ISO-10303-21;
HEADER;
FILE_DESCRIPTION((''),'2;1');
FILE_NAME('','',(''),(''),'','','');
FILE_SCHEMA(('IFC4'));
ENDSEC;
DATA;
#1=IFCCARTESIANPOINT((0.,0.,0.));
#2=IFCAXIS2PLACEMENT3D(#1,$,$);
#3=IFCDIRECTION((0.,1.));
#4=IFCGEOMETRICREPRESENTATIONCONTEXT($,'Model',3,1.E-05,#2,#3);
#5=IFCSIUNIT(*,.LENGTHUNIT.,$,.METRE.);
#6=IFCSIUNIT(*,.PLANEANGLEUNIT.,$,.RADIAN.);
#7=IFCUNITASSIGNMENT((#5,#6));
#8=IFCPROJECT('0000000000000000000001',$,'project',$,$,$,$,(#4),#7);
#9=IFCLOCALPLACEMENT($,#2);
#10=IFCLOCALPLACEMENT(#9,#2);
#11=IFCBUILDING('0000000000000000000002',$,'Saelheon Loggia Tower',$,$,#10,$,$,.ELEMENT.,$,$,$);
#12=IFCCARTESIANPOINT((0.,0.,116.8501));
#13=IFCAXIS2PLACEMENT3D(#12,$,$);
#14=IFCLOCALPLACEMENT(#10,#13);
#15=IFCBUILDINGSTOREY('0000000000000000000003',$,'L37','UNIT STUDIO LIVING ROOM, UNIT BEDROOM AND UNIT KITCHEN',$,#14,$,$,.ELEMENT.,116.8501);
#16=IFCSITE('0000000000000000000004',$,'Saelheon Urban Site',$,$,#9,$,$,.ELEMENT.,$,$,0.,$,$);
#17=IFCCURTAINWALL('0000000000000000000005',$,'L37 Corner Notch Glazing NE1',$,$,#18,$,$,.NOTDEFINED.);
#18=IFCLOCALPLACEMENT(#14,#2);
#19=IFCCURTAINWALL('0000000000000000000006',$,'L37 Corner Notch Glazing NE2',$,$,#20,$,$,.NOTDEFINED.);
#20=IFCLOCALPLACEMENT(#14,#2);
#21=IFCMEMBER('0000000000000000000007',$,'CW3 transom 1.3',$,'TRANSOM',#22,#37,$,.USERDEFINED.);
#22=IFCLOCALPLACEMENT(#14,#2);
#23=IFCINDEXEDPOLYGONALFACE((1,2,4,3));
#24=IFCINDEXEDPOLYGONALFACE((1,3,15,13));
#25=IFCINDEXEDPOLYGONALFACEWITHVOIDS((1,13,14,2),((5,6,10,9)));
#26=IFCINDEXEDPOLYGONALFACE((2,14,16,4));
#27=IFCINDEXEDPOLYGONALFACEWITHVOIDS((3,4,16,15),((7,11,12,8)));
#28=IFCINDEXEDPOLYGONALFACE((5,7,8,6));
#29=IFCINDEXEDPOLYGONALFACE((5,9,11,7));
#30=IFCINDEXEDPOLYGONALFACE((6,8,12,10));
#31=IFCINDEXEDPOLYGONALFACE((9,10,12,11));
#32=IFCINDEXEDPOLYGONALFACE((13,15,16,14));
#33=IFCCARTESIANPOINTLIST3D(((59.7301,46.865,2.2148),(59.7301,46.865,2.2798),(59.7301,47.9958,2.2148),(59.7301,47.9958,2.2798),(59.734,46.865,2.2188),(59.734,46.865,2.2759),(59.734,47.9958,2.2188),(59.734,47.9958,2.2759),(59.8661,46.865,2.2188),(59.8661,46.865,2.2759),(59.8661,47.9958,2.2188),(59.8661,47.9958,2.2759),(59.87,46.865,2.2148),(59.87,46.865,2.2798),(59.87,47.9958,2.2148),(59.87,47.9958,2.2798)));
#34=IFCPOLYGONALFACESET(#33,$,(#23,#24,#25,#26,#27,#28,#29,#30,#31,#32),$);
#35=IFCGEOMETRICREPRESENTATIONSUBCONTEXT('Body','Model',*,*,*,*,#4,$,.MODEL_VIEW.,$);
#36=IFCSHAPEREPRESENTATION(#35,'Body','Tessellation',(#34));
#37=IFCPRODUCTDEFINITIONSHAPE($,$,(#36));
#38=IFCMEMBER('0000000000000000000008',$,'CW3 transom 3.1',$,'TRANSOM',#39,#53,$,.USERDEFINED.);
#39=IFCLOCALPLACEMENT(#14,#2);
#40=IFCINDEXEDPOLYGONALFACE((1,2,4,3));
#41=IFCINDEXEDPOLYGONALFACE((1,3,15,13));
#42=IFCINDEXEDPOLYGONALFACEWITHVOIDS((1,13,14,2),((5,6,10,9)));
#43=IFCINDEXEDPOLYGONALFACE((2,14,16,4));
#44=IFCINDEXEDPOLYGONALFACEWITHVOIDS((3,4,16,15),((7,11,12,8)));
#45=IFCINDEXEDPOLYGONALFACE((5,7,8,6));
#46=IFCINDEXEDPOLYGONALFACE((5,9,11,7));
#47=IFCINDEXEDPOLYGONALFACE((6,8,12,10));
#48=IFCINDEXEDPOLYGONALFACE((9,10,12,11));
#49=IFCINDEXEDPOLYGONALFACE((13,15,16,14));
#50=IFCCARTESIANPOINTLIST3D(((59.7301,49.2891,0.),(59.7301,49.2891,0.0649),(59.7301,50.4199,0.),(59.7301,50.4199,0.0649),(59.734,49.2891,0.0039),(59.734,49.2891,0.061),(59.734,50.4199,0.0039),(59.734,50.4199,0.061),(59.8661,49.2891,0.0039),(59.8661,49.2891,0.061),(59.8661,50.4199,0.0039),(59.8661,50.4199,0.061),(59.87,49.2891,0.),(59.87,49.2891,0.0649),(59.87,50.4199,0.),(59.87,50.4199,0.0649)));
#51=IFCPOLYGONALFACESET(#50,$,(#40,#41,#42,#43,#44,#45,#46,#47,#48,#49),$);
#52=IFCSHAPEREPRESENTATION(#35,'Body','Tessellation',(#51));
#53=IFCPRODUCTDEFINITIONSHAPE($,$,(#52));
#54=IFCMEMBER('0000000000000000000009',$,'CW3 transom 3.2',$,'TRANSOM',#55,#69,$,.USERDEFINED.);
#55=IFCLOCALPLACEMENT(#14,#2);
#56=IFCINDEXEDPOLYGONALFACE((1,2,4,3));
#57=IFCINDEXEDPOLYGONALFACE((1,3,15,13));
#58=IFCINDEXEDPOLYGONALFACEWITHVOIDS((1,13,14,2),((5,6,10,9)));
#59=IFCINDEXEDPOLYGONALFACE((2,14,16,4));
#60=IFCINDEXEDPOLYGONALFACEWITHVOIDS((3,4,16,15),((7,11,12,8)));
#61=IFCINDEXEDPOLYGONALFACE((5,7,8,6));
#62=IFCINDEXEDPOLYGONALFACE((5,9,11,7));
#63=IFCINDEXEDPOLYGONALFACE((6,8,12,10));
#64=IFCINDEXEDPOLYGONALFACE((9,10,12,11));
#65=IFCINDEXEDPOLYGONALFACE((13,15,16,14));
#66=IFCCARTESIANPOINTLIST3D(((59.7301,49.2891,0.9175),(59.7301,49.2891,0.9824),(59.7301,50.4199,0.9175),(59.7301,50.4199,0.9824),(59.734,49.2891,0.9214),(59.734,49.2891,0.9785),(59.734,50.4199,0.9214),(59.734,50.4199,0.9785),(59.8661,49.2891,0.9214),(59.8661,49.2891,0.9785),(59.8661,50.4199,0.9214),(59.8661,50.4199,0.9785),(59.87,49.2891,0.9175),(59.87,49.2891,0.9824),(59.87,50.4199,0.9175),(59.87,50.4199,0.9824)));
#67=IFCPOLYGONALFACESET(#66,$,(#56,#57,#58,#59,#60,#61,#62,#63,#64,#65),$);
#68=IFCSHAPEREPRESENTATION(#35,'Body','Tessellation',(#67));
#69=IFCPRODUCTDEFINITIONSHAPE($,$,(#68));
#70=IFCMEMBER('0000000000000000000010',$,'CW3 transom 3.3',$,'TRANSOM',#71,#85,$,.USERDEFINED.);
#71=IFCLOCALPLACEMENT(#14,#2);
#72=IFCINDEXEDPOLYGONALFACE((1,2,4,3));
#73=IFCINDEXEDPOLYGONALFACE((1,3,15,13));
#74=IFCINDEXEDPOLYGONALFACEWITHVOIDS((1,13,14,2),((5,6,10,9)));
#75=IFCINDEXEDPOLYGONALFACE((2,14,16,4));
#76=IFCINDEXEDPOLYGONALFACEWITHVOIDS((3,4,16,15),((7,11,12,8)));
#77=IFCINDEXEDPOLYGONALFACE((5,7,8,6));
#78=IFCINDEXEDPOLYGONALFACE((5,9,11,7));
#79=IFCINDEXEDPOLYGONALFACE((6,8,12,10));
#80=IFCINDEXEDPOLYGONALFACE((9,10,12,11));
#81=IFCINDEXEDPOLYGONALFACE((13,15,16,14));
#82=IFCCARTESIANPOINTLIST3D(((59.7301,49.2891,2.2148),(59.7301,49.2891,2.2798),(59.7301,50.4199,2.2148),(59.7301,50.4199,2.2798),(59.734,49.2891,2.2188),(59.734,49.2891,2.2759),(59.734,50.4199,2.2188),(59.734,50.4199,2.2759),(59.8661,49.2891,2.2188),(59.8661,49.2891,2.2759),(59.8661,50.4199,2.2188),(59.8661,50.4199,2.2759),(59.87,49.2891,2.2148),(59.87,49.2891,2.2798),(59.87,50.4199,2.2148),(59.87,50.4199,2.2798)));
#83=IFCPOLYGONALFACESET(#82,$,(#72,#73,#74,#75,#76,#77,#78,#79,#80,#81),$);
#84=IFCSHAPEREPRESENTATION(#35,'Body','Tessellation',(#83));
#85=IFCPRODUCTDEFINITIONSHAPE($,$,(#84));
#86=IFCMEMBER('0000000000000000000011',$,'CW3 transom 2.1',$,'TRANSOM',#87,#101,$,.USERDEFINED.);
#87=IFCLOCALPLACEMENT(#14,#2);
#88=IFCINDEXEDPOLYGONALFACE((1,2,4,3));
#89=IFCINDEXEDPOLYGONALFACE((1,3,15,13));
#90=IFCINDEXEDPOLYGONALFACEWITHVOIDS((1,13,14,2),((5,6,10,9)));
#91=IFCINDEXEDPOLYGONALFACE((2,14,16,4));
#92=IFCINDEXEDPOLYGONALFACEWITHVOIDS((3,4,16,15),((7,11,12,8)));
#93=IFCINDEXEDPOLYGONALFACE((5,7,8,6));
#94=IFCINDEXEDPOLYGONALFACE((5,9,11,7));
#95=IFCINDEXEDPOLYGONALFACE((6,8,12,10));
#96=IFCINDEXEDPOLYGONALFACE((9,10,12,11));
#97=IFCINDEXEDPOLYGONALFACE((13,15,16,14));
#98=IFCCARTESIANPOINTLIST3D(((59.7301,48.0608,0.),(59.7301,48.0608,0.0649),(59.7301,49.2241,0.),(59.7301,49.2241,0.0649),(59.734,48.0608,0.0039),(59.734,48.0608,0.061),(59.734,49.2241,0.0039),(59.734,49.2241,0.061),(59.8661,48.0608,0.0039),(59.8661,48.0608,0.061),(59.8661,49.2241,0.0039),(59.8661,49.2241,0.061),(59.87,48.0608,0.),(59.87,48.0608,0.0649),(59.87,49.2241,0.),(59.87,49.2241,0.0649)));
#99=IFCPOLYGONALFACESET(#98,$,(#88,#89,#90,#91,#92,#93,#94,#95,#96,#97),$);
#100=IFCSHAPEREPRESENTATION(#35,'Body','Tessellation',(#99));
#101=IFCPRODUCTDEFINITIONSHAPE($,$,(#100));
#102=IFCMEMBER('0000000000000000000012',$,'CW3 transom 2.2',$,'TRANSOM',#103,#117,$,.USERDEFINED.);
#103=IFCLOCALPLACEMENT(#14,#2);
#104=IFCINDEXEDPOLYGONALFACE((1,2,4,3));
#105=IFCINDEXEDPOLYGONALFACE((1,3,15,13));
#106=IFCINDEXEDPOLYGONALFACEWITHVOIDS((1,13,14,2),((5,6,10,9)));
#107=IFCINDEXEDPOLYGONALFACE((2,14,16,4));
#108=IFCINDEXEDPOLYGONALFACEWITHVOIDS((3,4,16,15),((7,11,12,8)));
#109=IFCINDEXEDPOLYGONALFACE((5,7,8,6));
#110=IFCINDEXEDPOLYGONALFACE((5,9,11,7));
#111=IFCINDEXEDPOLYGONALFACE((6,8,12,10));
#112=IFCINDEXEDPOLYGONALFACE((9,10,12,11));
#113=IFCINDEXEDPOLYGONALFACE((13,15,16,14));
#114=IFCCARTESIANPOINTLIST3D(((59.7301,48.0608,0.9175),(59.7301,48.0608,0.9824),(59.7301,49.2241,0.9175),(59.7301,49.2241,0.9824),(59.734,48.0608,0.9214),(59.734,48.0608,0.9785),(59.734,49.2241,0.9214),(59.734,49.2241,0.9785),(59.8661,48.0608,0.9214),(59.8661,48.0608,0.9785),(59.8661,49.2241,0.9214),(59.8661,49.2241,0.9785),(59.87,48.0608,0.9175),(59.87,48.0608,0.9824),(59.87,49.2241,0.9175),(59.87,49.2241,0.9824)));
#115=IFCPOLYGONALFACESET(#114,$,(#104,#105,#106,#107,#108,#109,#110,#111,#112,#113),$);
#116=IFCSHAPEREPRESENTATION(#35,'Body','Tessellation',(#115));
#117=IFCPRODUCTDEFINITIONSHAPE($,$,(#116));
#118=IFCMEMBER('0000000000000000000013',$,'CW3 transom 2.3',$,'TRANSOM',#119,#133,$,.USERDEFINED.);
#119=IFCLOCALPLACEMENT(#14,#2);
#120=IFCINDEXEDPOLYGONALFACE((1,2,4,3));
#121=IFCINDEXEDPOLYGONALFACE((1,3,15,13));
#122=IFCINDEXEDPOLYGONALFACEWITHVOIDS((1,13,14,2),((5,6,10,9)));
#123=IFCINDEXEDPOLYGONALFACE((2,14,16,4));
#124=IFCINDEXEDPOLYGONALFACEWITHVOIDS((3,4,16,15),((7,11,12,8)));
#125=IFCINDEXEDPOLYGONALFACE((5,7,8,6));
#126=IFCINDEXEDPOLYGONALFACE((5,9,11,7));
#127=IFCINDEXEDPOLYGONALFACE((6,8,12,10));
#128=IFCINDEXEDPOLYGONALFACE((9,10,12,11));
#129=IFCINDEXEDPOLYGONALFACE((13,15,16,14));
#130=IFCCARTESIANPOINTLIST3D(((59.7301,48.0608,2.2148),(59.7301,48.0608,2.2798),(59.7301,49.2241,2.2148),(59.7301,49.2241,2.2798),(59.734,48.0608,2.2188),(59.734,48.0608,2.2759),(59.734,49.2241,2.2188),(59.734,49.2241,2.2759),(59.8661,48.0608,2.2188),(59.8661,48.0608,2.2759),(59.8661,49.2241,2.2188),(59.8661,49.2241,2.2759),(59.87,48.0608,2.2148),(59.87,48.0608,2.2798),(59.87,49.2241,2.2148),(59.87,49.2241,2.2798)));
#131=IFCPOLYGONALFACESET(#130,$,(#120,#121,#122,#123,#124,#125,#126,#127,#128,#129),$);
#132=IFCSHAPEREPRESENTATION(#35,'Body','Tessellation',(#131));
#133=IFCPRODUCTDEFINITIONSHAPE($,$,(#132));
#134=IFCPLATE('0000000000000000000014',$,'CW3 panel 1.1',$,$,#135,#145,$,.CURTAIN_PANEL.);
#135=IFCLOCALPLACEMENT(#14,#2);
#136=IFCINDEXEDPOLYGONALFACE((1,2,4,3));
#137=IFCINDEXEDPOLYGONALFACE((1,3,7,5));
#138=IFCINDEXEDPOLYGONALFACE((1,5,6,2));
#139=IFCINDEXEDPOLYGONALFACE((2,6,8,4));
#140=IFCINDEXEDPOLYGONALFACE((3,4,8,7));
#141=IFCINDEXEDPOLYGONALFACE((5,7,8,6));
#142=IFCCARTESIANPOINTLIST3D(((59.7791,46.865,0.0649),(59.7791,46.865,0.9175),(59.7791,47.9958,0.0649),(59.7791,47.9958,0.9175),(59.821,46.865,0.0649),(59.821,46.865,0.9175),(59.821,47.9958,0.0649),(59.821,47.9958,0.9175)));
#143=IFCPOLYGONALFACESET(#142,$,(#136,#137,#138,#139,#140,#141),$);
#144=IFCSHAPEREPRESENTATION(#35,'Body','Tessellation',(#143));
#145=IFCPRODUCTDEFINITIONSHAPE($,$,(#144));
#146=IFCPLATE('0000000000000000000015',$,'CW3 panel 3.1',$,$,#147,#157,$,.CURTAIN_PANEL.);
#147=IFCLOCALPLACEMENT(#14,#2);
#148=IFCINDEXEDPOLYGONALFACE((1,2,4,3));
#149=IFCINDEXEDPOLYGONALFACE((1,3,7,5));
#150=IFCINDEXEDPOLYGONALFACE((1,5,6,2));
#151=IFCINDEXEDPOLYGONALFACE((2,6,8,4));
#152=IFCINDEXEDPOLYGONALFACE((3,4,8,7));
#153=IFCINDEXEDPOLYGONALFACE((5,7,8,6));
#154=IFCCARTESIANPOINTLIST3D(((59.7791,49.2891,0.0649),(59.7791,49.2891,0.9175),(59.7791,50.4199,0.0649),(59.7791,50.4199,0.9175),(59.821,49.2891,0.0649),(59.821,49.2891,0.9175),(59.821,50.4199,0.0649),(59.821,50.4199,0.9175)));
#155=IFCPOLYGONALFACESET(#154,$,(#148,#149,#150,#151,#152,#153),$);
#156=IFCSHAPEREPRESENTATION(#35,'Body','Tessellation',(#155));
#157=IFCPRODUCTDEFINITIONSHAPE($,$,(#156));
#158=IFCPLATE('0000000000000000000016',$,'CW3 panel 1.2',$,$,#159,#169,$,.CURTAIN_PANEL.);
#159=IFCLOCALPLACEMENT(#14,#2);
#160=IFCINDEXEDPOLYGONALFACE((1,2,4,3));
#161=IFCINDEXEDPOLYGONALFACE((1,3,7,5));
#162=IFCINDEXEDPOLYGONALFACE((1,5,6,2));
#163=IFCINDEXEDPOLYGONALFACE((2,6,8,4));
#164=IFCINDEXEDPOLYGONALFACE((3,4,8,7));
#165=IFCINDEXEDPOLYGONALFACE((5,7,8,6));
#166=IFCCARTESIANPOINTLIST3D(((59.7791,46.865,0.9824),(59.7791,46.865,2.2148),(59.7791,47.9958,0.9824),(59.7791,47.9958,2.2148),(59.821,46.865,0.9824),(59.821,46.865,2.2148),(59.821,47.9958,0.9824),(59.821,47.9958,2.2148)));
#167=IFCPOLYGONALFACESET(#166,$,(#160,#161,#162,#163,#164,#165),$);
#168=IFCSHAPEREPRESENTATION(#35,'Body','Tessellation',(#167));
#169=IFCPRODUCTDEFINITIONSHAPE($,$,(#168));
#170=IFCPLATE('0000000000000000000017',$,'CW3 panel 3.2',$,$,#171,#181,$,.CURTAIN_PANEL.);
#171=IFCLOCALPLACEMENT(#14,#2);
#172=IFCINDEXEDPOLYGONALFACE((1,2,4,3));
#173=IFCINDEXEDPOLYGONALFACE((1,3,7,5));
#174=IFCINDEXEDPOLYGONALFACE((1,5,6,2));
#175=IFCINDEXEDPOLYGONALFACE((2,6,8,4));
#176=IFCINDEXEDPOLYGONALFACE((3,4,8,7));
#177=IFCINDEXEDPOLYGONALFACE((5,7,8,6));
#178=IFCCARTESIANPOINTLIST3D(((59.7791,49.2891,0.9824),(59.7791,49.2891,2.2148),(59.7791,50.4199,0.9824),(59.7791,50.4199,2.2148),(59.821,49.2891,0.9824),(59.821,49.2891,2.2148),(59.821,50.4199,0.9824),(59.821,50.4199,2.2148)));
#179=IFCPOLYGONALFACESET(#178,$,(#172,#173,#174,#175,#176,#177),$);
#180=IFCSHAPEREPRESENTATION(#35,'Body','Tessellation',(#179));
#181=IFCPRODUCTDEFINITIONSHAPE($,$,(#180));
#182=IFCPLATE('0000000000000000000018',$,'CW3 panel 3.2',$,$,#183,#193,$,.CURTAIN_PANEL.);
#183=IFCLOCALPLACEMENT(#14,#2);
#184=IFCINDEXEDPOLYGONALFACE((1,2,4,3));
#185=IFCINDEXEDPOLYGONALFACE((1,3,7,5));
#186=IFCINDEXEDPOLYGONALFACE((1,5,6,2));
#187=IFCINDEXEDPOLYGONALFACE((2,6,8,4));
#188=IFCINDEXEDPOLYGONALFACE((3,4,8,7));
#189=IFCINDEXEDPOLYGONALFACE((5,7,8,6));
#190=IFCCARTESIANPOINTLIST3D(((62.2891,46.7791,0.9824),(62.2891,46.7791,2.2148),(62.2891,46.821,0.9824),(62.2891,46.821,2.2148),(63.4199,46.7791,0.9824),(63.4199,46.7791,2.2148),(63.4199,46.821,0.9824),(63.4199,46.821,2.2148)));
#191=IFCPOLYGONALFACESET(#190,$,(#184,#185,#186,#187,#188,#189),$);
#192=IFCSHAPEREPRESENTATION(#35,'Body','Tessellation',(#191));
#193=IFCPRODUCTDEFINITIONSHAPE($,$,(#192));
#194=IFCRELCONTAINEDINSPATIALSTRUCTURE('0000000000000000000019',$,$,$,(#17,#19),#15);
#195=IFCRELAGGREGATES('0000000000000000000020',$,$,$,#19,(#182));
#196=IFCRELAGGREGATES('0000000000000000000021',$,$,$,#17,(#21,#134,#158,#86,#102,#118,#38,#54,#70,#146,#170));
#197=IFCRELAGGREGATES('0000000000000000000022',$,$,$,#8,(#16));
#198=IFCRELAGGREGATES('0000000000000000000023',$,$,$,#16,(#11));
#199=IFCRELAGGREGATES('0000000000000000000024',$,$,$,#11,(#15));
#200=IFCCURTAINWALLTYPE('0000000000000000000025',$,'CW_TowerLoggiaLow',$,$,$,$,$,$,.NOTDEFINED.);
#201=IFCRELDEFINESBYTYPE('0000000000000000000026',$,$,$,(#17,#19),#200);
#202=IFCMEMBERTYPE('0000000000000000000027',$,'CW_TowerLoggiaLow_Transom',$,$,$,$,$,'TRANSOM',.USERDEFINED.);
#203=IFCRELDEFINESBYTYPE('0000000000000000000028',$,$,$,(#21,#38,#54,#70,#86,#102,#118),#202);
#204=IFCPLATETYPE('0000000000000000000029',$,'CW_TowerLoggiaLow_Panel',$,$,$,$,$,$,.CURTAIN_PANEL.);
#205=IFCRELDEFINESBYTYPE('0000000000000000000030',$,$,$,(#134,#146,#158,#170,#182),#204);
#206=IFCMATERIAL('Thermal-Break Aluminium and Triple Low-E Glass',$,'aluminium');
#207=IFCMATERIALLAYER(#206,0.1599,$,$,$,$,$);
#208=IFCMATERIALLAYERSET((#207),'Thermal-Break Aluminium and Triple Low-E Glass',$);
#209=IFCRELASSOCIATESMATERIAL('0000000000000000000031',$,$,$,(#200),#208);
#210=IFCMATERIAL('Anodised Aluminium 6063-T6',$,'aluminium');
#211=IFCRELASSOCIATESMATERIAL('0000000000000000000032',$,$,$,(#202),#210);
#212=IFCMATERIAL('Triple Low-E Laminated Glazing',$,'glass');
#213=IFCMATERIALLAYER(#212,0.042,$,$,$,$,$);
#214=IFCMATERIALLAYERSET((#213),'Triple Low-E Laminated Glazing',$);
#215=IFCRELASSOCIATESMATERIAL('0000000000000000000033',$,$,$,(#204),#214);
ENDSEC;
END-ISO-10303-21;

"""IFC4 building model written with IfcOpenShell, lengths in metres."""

from ifc_helpers import new_model, si_unit, direction, frame, origin, origin_2d, place, context, subcontext, project, spatial, rectangle, hollow_rectangle, extrude, source, transform, mapped, material, layer, layer_set, material_profile, profile_set, type_object, element, aggregate, save


model = new_model("IFC4")

# Units and contexts
model_context = context("Model", 3, precision=1e-05, world=origin(), true_north=direction((0.0, 1.0)))
body_context = subcontext(model_context, "Body", "Model", "MODEL_VIEW")
ifc_project = project(units=[si_unit("LENGTHUNIT", "METRE"), si_unit("PLANEANGLEUNIT", "RADIAN")], contexts=[model_context])

# Site, building, storey
site_placement = place(None, origin())
site = spatial("IfcSite", under=ifc_project, at=site_placement, Name="Saelheon Urban Site", CompositionType="ELEMENT", RefElevation=0.0)
building_placement = place(site_placement, origin())
building = spatial("IfcBuilding", under=site, at=building_placement, Name="Saelheon Loggia Tower", CompositionType="ELEMENT")
storey_placement = place(building_placement, frame((0.0, 0.0, 116.8501)))
storey = spatial("IfcBuildingStorey", under=building, at=storey_placement, Name="L37", Description="UNIT STUDIO LIVING ROOM, UNIT BEDROOM AND UNIT KITCHEN", CompositionType="ELEMENT", Elevation=116.8501)

# Curtain wall
ifc_material_1 = material(Name="Thermal-Break Aluminium and Triple Low-E Glass", Category="aluminium")
ifc_layer_1 = layer(ifc_material_1, 0.1599)
ifc_layer_set_1 = layer_set([ifc_layer_1], Name="Thermal-Break Aluminium and Triple Low-E Glass")
curtain_wall_type = type_object("IfcCurtainWallType", Name="CW_TowerLoggiaLow", PredefinedType="NOTDEFINED", material=ifc_layer_set_1)
curtain_wall_1_placement = place(storey_placement, origin())
curtain_wall_1 = element("IfcCurtainWall", 1, at=curtain_wall_1_placement, inside=storey, type_object=curtain_wall_type, Name="L37 Corner Notch Glazing NE1", PredefinedType="NOTDEFINED")
ifc_material_2 = material(Name="Anodised Aluminium 6063-T6", Category="aluminium")

# Curtain wall
curtain_wall_2_placement = place(storey_placement, origin())
curtain_wall_2 = element("IfcCurtainWall", 2, at=curtain_wall_2_placement, inside=storey, type_object=curtain_wall_type, Name="L37 Corner Notch Glazing NE2", PredefinedType="NOTDEFINED")

# Members
ifc_material_profile_1 = material_profile(ifc_material_2, hollow_rectangle(XDim=0.0649, YDim=0.1399, WallThickness=0.0039, at=origin_2d()), Name="RHS-140x65x4")
ifc_profile_set_1 = profile_set([ifc_material_profile_1], Name="Anodised Aluminium 6063-T6")
member_type_1 = type_object("IfcMemberType", Name="CW_TowerLoggiaLow_Transom", ElementType="TRANSOM", PredefinedType="USERDEFINED", material=ifc_profile_set_1)
shared_shape_1 = source(origin(), body_context, "Body", "SweptSolid", [
    extrude(hollow_rectangle(XDim=0.0649, YDim=0.1399, WallThickness=0.0039, at=origin_2d()), origin(), (0.0, 0.0, 1.0), 1.1309),
])
member_1_placement = place(storey_placement, frame((59.8, 46.865, 2.2473), z_axis=(0.0, 1.0, 0.0), x_axis=(0.0, 0.0, 1.0)))
member_1 = element("IfcMember", 3, at=member_1_placement, type_object=member_type_1, Name="CW3 transom 1.3", ObjectType="TRANSOM", PredefinedType="USERDEFINED", context=body_context, shape_type="MappedRepresentation", body=[
    mapped(shared_shape_1, transform((0.0, 0.0, 0.0), scale=1.0)),
])
member_2_placement = place(storey_placement, frame((59.8, 49.2891, 0.0325), z_axis=(0.0, 1.0, 0.0), x_axis=(0.0, 0.0, 1.0)))
member_2 = element("IfcMember", 4, at=member_2_placement, type_object=member_type_1, Name="CW3 transom 3.1", ObjectType="TRANSOM", PredefinedType="USERDEFINED", context=body_context, shape_type="MappedRepresentation", body=[
    mapped(shared_shape_1, transform((0.0, 0.0, 0.0), scale=1.0)),
])
member_3_placement = place(storey_placement, frame((59.8, 49.2891, 0.95), z_axis=(0.0, 1.0, 0.0), x_axis=(0.0, 0.0, 1.0)))
member_3 = element("IfcMember", 5, at=member_3_placement, type_object=member_type_1, Name="CW3 transom 3.2", ObjectType="TRANSOM", PredefinedType="USERDEFINED", context=body_context, shape_type="MappedRepresentation", body=[
    mapped(shared_shape_1, transform((0.0, 0.0, 0.0), scale=1.0)),
])
member_4_placement = place(storey_placement, frame((59.8, 49.2891, 2.2473), z_axis=(0.0, 1.0, 0.0), x_axis=(0.0, 0.0, 1.0)))
member_4 = element("IfcMember", 6, at=member_4_placement, type_object=member_type_1, Name="CW3 transom 3.3", ObjectType="TRANSOM", PredefinedType="USERDEFINED", context=body_context, shape_type="MappedRepresentation", body=[
    mapped(shared_shape_1, transform((0.0, 0.0, 0.0), scale=1.0)),
])
shared_shape_2 = source(origin(), body_context, "Body", "SweptSolid", [
    extrude(hollow_rectangle(XDim=0.0649, YDim=0.1399, WallThickness=0.0039, at=origin_2d()), origin(), (0.0, 0.0, 1.0), 1.1633),
])
member_5_placement = place(storey_placement, frame((59.8, 48.0608, 0.0325), z_axis=(0.0, 1.0, 0.0), x_axis=(0.0, 0.0, 1.0)))
member_5 = element("IfcMember", 7, at=member_5_placement, type_object=member_type_1, Name="CW3 transom 2.1", ObjectType="TRANSOM", PredefinedType="USERDEFINED", context=body_context, shape_type="MappedRepresentation", body=[
    mapped(shared_shape_2, transform((0.0, 0.0, 0.0), scale=1.0)),
])
member_6_placement = place(storey_placement, frame((59.8, 48.0608, 0.95), z_axis=(0.0, 1.0, 0.0), x_axis=(0.0, 0.0, 1.0)))
member_6 = element("IfcMember", 8, at=member_6_placement, type_object=member_type_1, Name="CW3 transom 2.2", ObjectType="TRANSOM", PredefinedType="USERDEFINED", context=body_context, shape_type="MappedRepresentation", body=[
    mapped(shared_shape_2, transform((0.0, 0.0, 0.0), scale=1.0)),
])
member_7_placement = place(storey_placement, frame((59.8, 48.0608, 2.2473), z_axis=(0.0, 1.0, 0.0), x_axis=(0.0, 0.0, 1.0)))
member_7 = element("IfcMember", 9, at=member_7_placement, type_object=member_type_1, Name="CW3 transom 2.3", ObjectType="TRANSOM", PredefinedType="USERDEFINED", context=body_context, shape_type="MappedRepresentation", body=[
    mapped(shared_shape_2, transform((0.0, 0.0, 0.0), scale=1.0)),
])

# Plates
ifc_material_3 = material(Name="Triple Low-E Laminated Glazing", Category="glass")
ifc_layer_2 = layer(ifc_material_3, 0.042)
ifc_layer_set_2 = layer_set([ifc_layer_2], Name="Triple Low-E Laminated Glazing")
plate_type = type_object("IfcPlateType", Name="CW_TowerLoggiaLow_Panel", PredefinedType="CURTAIN_PANEL", material=ifc_layer_set_2)
shared_shape_3 = source(origin(), body_context, "Body", "SweptSolid", [
    extrude(rectangle(XDim=1.1309, YDim=0.042, at=origin_2d()), origin(), (0.0, 0.0, 1.0), 0.8525),
])
plate_1_placement = place(storey_placement, frame((59.8, 47.4304, 0.0649), z_axis=(0.0, 0.0, 1.0), x_axis=(0.0, 1.0, 0.0)))
plate_1 = element("IfcPlate", 10, at=plate_1_placement, type_object=plate_type, Name="CW3 panel 1.1", PredefinedType="CURTAIN_PANEL", context=body_context, shape_type="MappedRepresentation", body=[
    mapped(shared_shape_3, transform((0.0, 0.0, 0.0), scale=1.0)),
])
plate_2_placement = place(storey_placement, frame((59.8, 49.8545, 0.0649), z_axis=(0.0, 0.0, 1.0), x_axis=(0.0, 1.0, 0.0)))
plate_2 = element("IfcPlate", 11, at=plate_2_placement, type_object=plate_type, Name="CW3 panel 3.1", PredefinedType="CURTAIN_PANEL", context=body_context, shape_type="MappedRepresentation", body=[
    mapped(shared_shape_3, transform((0.0, 0.0, 0.0), scale=1.0)),
])
shared_shape_4 = source(origin(), body_context, "Body", "SweptSolid", [
    extrude(rectangle(XDim=1.1309, YDim=0.042, at=origin_2d()), origin(), (0.0, 0.0, 1.0), 1.2324),
])
plate_3_placement = place(storey_placement, frame((59.8, 47.4304, 0.9824), z_axis=(0.0, 0.0, 1.0), x_axis=(0.0, 1.0, 0.0)))
plate_3 = element("IfcPlate", 12, at=plate_3_placement, type_object=plate_type, Name="CW3 panel 1.2", PredefinedType="CURTAIN_PANEL", context=body_context, shape_type="MappedRepresentation", body=[
    mapped(shared_shape_4, transform((0.0, 0.0, 0.0), scale=1.0)),
])
plate_4_placement = place(storey_placement, frame((59.8, 49.8545, 0.9824), z_axis=(0.0, 0.0, 1.0), x_axis=(0.0, 1.0, 0.0)))
plate_4 = element("IfcPlate", 13, at=plate_4_placement, type_object=plate_type, Name="CW3 panel 3.2", PredefinedType="CURTAIN_PANEL", context=body_context, shape_type="MappedRepresentation", body=[
    mapped(shared_shape_4, transform((0.0, 0.0, 0.0), scale=1.0)),
])
plate_5_placement = place(storey_placement, frame((62.8545, 46.8, 0.9824), z_axis=(0.0, 0.0, 1.0), x_axis=(1.0, 0.0, 0.0)))
plate_5 = element("IfcPlate", 14, at=plate_5_placement, type_object=plate_type, Name="CW3 panel 3.2", PredefinedType="CURTAIN_PANEL", context=body_context, shape_type="MappedRepresentation", body=[
    mapped(shared_shape_4, transform((0.0, 0.0, 0.0), scale=1.0)),
])
aggregate(curtain_wall_2, [plate_5])
aggregate(curtain_wall_1, [member_1, plate_1, plate_3, member_5, member_6, member_7, member_2, member_3, member_4, plate_2, plate_4])

save(model, "model.ifc")
